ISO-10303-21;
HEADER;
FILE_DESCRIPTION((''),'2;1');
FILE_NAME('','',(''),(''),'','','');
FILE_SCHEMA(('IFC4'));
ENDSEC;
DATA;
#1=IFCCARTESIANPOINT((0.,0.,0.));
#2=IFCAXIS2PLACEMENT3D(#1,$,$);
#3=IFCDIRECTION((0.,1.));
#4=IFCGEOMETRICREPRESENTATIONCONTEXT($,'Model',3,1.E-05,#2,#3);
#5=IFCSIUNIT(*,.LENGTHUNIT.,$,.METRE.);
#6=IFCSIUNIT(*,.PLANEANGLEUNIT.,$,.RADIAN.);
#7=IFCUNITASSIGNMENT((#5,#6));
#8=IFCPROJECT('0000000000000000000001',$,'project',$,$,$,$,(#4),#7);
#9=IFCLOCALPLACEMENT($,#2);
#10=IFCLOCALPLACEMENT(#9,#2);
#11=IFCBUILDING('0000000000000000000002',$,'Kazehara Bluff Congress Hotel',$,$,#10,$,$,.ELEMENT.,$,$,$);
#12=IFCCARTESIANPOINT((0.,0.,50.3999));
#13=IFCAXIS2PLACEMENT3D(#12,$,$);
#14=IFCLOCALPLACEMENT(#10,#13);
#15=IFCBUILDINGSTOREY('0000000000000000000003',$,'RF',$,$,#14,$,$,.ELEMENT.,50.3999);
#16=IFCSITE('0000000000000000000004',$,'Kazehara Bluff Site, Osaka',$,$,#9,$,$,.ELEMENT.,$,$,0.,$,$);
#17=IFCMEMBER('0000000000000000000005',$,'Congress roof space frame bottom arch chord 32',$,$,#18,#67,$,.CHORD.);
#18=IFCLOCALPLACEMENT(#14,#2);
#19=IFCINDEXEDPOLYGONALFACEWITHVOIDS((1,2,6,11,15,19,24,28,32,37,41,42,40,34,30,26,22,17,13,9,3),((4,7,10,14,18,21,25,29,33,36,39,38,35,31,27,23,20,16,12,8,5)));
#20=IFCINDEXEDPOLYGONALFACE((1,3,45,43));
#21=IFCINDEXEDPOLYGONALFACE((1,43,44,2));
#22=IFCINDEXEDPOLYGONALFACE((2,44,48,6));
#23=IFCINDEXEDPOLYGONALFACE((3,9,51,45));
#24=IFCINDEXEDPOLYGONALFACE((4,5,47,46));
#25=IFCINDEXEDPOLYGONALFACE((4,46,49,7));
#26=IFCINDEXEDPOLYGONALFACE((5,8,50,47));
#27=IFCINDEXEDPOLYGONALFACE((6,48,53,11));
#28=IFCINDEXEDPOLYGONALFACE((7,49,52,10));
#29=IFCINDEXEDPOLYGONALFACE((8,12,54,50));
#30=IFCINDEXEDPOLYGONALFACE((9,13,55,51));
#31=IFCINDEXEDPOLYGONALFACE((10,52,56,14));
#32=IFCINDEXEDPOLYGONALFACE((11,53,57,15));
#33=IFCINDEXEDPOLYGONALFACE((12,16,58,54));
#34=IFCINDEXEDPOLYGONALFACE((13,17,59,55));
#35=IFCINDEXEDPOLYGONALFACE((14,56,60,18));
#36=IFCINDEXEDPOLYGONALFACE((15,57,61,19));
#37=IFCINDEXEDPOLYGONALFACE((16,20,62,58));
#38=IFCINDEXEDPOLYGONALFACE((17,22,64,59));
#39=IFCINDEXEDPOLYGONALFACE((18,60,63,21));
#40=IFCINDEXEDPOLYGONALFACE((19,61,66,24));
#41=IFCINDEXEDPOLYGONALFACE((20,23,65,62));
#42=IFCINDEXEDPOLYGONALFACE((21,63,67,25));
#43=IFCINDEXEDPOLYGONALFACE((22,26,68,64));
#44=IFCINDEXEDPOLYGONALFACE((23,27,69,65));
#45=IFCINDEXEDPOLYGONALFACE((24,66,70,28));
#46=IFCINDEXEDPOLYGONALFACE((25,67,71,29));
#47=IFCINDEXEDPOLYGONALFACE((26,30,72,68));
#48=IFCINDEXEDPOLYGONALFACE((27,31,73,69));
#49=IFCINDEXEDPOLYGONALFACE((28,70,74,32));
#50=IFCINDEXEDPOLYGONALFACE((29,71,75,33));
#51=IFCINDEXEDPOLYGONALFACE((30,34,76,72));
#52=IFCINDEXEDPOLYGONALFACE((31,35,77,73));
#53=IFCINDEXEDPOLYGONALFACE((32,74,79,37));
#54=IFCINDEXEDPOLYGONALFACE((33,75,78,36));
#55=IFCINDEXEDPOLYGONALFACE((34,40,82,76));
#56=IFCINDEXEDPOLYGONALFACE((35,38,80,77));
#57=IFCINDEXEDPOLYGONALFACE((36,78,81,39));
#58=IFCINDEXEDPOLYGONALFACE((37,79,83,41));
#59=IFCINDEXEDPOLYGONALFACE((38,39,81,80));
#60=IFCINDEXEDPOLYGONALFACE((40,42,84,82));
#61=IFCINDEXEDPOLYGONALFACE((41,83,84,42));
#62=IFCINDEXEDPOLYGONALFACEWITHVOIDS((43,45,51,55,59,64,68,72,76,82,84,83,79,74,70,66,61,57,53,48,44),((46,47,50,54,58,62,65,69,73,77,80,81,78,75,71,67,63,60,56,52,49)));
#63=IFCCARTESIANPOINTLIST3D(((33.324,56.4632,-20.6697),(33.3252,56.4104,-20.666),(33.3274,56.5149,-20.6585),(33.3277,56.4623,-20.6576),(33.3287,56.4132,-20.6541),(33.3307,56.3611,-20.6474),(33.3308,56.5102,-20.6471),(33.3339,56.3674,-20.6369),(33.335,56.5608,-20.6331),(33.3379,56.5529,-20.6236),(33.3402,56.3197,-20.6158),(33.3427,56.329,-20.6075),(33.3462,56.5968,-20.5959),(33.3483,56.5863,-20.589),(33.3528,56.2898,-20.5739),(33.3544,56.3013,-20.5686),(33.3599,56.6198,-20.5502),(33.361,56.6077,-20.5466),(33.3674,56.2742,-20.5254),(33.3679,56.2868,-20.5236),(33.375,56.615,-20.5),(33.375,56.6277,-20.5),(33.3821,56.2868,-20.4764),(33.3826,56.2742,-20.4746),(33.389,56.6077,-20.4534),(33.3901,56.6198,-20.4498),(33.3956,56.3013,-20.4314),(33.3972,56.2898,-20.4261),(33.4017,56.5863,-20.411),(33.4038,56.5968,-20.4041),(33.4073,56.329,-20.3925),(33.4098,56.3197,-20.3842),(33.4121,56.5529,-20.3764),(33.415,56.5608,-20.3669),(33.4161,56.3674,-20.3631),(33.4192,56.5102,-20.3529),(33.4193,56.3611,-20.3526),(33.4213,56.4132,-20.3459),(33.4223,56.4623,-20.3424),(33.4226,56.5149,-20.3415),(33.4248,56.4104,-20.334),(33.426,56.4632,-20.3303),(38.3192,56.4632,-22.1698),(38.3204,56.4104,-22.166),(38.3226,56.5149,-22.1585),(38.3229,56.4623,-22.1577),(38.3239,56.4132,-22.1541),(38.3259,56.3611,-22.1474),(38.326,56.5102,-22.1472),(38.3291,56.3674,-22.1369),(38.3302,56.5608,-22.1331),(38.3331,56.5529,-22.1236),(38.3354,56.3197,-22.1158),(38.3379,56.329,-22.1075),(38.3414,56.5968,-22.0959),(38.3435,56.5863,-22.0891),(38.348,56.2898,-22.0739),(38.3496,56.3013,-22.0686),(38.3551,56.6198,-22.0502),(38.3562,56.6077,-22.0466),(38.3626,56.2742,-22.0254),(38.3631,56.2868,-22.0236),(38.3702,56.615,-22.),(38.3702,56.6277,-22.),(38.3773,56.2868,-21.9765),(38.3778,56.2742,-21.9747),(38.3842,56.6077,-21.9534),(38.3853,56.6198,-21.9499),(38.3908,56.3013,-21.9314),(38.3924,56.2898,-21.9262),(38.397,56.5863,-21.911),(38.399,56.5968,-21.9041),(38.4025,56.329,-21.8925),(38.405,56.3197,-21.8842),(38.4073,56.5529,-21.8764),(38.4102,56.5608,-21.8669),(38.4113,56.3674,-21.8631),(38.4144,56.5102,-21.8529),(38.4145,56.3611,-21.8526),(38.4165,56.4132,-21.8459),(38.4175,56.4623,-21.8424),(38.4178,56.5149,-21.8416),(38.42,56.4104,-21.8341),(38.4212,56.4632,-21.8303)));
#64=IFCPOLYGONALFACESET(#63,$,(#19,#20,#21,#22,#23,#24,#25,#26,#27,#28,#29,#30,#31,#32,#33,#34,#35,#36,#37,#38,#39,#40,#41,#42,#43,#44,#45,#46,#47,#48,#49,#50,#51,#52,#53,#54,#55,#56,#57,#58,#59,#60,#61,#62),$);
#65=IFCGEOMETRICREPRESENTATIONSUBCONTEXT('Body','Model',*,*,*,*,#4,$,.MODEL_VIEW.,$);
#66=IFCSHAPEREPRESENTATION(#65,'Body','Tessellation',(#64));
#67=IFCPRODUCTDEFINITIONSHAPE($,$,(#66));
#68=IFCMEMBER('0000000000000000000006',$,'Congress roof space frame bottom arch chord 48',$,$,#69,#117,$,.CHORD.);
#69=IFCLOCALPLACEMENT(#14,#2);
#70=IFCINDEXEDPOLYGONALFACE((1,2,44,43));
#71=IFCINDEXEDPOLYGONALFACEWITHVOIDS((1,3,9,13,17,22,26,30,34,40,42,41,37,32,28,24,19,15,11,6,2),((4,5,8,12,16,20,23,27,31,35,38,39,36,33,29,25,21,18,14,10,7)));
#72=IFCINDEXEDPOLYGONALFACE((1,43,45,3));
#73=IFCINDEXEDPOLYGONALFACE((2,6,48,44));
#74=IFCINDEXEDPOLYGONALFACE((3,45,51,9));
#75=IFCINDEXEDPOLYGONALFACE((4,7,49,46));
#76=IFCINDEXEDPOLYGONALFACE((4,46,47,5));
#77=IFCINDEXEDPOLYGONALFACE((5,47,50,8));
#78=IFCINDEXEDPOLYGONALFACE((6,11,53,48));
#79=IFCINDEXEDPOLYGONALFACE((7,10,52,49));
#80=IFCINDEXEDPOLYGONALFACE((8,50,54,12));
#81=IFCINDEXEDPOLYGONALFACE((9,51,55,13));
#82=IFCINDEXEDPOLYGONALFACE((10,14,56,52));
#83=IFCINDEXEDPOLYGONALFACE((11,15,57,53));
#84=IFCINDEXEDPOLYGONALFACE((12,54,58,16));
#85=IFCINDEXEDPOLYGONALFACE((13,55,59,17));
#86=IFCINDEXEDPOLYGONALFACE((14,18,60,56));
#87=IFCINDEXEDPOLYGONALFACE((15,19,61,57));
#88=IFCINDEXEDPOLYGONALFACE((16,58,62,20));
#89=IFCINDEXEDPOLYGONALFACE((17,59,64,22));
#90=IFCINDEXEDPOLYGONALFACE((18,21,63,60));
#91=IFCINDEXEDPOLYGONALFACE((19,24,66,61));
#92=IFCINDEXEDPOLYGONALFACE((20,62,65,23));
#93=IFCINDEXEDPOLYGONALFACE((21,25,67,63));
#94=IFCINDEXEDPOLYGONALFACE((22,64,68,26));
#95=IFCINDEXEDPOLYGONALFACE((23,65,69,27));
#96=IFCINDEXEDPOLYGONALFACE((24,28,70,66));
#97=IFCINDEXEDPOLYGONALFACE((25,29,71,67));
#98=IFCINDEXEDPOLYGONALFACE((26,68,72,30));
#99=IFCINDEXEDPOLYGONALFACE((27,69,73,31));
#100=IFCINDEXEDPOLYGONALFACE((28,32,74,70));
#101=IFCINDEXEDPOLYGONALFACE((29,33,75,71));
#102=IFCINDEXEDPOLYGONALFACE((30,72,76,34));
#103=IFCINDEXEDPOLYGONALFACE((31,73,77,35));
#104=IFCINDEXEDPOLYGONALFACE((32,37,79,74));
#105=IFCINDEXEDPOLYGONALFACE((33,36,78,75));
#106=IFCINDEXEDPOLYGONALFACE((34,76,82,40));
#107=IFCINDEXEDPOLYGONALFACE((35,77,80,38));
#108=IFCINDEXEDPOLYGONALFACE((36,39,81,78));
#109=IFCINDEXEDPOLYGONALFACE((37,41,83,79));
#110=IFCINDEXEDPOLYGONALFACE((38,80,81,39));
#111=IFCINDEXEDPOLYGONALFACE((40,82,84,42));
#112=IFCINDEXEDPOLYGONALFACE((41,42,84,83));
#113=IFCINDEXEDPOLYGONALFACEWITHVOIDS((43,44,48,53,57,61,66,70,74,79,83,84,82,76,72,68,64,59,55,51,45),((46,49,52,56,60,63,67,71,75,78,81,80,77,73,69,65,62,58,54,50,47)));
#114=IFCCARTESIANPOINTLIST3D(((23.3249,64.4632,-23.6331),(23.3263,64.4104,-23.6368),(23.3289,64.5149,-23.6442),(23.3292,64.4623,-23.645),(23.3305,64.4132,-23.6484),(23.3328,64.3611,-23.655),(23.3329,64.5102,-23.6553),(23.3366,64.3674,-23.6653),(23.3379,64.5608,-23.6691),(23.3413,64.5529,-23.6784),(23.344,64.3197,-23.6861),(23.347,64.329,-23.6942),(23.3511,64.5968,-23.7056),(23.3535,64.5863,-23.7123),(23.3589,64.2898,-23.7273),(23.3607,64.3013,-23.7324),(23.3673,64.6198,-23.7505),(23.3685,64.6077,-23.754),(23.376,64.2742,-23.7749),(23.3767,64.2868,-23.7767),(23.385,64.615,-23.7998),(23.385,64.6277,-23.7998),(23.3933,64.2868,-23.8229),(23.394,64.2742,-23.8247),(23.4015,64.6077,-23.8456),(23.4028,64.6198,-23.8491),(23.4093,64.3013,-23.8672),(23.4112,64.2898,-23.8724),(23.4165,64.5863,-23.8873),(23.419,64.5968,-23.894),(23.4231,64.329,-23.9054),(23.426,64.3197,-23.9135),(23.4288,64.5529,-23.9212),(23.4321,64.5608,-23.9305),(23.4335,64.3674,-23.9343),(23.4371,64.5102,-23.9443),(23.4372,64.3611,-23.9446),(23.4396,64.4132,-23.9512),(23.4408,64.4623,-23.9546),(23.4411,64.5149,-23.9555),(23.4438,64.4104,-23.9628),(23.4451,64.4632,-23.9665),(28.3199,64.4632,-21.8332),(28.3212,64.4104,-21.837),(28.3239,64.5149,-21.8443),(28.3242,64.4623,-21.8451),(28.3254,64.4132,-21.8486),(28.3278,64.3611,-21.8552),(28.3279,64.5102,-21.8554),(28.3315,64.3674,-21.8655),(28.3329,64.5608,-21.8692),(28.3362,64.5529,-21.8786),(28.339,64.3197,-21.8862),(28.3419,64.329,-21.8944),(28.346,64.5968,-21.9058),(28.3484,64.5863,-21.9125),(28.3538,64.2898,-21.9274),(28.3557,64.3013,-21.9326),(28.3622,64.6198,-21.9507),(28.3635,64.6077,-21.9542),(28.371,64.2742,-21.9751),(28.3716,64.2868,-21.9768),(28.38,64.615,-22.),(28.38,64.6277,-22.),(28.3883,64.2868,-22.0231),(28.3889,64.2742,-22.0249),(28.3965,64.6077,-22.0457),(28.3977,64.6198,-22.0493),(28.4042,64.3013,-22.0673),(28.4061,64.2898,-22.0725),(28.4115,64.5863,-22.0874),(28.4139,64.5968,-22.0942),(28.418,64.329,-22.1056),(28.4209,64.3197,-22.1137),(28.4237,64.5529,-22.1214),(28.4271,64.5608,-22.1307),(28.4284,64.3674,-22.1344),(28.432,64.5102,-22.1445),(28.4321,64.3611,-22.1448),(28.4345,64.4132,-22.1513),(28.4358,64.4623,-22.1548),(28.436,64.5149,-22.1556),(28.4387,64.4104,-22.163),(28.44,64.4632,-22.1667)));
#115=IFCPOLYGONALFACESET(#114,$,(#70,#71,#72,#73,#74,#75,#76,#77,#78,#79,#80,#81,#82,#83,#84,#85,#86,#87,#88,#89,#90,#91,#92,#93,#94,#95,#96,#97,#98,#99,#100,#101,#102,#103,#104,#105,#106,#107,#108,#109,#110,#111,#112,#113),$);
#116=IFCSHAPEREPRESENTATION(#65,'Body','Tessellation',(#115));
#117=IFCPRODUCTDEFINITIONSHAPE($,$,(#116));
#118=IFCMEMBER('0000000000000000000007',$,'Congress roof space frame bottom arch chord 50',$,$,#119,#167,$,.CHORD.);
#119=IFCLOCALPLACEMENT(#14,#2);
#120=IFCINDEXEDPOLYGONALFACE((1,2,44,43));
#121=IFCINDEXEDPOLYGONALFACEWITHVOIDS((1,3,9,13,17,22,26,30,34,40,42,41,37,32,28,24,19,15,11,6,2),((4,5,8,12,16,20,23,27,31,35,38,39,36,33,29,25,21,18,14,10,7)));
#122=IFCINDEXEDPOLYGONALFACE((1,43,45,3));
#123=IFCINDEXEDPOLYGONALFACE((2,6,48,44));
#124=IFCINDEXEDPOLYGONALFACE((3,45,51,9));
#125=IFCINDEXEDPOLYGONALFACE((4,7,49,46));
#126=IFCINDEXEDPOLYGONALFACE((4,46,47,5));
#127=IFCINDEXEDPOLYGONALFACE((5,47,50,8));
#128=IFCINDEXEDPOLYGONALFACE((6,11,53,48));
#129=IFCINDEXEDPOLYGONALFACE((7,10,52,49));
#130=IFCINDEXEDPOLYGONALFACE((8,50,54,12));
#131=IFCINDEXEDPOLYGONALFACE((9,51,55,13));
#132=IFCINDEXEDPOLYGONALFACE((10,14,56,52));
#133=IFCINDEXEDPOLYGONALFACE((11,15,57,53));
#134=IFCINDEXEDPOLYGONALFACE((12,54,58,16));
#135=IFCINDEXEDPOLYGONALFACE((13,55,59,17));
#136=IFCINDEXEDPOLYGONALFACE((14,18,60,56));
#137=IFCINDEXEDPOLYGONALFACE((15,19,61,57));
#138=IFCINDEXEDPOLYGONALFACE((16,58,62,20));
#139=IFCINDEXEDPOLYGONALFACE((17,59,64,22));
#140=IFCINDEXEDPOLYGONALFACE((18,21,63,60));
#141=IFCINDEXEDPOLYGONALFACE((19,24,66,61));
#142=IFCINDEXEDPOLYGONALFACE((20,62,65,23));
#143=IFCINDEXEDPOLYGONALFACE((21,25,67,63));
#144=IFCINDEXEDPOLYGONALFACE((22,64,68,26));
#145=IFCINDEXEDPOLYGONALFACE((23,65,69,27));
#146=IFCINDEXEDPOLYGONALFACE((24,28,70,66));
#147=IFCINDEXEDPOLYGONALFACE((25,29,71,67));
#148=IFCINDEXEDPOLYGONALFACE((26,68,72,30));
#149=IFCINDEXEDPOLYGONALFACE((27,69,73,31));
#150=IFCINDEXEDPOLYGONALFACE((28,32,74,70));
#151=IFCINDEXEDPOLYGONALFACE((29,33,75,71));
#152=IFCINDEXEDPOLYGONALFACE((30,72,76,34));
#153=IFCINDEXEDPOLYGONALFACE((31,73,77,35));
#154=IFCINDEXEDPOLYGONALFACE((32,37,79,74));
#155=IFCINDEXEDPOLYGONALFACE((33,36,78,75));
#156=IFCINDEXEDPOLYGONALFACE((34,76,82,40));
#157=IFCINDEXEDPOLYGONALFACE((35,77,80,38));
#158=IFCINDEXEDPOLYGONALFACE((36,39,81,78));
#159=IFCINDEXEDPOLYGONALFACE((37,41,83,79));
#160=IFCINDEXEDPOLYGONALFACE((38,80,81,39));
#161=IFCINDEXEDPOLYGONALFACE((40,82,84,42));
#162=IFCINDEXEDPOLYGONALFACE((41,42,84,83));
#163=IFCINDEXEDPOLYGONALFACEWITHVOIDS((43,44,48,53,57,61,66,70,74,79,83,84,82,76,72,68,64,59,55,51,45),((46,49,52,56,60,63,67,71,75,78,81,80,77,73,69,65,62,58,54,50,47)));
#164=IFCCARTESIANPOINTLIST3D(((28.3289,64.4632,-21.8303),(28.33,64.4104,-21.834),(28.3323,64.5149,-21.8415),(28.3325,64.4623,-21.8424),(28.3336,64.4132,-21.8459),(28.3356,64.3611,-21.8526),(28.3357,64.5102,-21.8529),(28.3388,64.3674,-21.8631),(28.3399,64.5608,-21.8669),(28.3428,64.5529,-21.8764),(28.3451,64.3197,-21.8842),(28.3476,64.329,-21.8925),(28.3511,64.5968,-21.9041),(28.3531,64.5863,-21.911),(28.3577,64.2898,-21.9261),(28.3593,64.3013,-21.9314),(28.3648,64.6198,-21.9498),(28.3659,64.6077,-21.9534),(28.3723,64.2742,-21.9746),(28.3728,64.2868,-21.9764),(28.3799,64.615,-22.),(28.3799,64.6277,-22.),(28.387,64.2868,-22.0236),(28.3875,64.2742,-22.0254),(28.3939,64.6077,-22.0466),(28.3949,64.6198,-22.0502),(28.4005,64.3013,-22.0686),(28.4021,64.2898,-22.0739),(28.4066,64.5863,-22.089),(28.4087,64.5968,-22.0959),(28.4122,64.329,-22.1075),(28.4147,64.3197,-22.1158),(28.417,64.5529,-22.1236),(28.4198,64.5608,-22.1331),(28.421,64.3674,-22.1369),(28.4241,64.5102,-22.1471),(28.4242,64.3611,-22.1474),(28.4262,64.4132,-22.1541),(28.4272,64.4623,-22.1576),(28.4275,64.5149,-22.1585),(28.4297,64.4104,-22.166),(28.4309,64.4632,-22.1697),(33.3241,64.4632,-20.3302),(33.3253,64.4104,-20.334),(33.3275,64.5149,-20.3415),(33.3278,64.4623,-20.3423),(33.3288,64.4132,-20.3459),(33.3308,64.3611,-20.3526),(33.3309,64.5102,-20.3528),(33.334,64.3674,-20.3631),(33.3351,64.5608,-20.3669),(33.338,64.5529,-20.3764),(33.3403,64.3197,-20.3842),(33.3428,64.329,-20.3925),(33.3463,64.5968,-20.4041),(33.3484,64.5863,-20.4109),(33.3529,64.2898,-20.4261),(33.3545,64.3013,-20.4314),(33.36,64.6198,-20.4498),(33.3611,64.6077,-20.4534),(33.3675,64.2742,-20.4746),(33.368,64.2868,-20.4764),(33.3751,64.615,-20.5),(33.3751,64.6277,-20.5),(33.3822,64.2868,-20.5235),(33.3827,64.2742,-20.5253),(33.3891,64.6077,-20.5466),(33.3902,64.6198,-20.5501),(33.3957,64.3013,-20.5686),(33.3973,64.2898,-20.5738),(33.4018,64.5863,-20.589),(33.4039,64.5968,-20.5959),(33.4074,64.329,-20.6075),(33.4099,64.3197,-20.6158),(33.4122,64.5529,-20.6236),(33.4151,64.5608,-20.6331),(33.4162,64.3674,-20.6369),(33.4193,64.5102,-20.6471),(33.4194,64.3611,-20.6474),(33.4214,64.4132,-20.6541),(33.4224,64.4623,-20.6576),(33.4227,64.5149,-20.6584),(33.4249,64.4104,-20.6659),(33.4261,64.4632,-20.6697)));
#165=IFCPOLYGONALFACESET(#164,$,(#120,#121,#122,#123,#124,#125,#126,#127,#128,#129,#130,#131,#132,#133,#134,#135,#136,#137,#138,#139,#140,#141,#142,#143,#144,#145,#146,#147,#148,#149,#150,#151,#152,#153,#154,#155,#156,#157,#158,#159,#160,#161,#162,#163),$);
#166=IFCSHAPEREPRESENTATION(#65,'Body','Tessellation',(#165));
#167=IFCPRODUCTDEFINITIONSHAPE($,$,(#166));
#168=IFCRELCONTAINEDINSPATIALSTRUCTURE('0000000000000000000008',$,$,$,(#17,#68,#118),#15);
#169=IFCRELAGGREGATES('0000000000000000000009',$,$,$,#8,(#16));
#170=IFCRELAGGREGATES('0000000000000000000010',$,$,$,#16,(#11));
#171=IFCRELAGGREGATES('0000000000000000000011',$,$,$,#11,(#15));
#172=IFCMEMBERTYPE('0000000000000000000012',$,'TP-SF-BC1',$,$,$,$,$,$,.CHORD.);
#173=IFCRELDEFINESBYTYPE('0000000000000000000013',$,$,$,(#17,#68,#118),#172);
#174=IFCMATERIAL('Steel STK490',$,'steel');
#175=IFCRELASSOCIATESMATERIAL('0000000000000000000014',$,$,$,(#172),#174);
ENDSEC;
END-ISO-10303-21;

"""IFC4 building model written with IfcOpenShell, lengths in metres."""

from ifc_helpers import new_model, si_unit, direction, frame, origin, origin_2d, place, context, subcontext, project, spatial, hollow_circle, extrude, material, material_profile, profile_set, type_object, element, save


model = new_model("IFC4")

# Units and contexts
model_context = context("Model", 3, precision=1e-05, world=origin(), true_north=direction((0.0, 1.0)))
body_context = subcontext(model_context, "Body", "Model", "MODEL_VIEW")
ifc_project = project(units=[si_unit("LENGTHUNIT", "METRE"), si_unit("PLANEANGLEUNIT", "RADIAN")], contexts=[model_context])

# Site, building, storey
site_placement = place(None, origin())
site = spatial("IfcSite", under=ifc_project, at=site_placement, Name="Kazehara Bluff Site, Osaka", CompositionType="ELEMENT", RefElevation=0.0)
building_placement = place(site_placement, origin())
building = spatial("IfcBuilding", under=site, at=building_placement, Name="Kazehara Bluff Congress Hotel", CompositionType="ELEMENT")
storey_placement = place(building_placement, frame((0.0, 0.0, 50.3999)))
storey = spatial("IfcBuildingStorey", under=building, at=storey_placement, Name="RF", CompositionType="ELEMENT", Elevation=50.3999)

# Members
ifc_material_1 = material(Name="Steel STK490", Category="steel")
ifc_material_profile_1 = material_profile(ifc_material_1, hollow_circle(Radius=0.1777, WallThickness=0.0127, at=origin_2d()))
ifc_profile_set_1 = profile_set([ifc_material_profile_1], Name="Steel STK490")
member_type_1 = type_object("IfcMemberType", Name="TP-SF-BC1", PredefinedType="CHORD", material=ifc_profile_set_1)
member_1_placement = place(storey_placement, frame((33.375, 56.45, -20.5), z_axis=(0.957749, 0.0, -0.287606), x_axis=(0.0, 1.0, 0.0)))
element("IfcMember", 1, at=member_1_placement, inside=storey, type_object=member_type_1, Name="Congress roof space frame bottom arch chord 32", PredefinedType="CHORD", context=body_context, shape_type="SweptSolid", body=[
    extrude(hollow_circle(Radius=0.1777, WallThickness=0.0127, at=origin_2d()), origin(), (0.0, 0.0, 1.0), 5.2156),
])
member_2_placement = place(storey_placement, frame((23.385, 64.45, -23.7998), z_axis=(0.940788, 0.0, 0.338995), x_axis=(0.0, 1.0, 0.0)))
element("IfcMember", 2, at=member_2_placement, inside=storey, type_object=member_type_1, Name="Congress roof space frame bottom arch chord 48", PredefinedType="CHORD", context=body_context, shape_type="SweptSolid", body=[
    extrude(hollow_circle(Radius=0.1777, WallThickness=0.0127, at=origin_2d()), origin(), (0.0, 0.0, 1.0), 5.3093),
])
member_3_placement = place(storey_placement, frame((28.3799, 64.45, -22.0), z_axis=(0.957749, 0.0, 0.287606), x_axis=(0.0, 1.0, 0.0)))
element("IfcMember", 3, at=member_3_placement, inside=storey, type_object=member_type_1, Name="Congress roof space frame bottom arch chord 50", PredefinedType="CHORD", context=body_context, shape_type="SweptSolid", body=[
    extrude(hollow_circle(Radius=0.1777, WallThickness=0.0127, at=origin_2d()), origin(), (0.0, 0.0, 1.0), 5.2156),
])

save(model, "model.ifc")
